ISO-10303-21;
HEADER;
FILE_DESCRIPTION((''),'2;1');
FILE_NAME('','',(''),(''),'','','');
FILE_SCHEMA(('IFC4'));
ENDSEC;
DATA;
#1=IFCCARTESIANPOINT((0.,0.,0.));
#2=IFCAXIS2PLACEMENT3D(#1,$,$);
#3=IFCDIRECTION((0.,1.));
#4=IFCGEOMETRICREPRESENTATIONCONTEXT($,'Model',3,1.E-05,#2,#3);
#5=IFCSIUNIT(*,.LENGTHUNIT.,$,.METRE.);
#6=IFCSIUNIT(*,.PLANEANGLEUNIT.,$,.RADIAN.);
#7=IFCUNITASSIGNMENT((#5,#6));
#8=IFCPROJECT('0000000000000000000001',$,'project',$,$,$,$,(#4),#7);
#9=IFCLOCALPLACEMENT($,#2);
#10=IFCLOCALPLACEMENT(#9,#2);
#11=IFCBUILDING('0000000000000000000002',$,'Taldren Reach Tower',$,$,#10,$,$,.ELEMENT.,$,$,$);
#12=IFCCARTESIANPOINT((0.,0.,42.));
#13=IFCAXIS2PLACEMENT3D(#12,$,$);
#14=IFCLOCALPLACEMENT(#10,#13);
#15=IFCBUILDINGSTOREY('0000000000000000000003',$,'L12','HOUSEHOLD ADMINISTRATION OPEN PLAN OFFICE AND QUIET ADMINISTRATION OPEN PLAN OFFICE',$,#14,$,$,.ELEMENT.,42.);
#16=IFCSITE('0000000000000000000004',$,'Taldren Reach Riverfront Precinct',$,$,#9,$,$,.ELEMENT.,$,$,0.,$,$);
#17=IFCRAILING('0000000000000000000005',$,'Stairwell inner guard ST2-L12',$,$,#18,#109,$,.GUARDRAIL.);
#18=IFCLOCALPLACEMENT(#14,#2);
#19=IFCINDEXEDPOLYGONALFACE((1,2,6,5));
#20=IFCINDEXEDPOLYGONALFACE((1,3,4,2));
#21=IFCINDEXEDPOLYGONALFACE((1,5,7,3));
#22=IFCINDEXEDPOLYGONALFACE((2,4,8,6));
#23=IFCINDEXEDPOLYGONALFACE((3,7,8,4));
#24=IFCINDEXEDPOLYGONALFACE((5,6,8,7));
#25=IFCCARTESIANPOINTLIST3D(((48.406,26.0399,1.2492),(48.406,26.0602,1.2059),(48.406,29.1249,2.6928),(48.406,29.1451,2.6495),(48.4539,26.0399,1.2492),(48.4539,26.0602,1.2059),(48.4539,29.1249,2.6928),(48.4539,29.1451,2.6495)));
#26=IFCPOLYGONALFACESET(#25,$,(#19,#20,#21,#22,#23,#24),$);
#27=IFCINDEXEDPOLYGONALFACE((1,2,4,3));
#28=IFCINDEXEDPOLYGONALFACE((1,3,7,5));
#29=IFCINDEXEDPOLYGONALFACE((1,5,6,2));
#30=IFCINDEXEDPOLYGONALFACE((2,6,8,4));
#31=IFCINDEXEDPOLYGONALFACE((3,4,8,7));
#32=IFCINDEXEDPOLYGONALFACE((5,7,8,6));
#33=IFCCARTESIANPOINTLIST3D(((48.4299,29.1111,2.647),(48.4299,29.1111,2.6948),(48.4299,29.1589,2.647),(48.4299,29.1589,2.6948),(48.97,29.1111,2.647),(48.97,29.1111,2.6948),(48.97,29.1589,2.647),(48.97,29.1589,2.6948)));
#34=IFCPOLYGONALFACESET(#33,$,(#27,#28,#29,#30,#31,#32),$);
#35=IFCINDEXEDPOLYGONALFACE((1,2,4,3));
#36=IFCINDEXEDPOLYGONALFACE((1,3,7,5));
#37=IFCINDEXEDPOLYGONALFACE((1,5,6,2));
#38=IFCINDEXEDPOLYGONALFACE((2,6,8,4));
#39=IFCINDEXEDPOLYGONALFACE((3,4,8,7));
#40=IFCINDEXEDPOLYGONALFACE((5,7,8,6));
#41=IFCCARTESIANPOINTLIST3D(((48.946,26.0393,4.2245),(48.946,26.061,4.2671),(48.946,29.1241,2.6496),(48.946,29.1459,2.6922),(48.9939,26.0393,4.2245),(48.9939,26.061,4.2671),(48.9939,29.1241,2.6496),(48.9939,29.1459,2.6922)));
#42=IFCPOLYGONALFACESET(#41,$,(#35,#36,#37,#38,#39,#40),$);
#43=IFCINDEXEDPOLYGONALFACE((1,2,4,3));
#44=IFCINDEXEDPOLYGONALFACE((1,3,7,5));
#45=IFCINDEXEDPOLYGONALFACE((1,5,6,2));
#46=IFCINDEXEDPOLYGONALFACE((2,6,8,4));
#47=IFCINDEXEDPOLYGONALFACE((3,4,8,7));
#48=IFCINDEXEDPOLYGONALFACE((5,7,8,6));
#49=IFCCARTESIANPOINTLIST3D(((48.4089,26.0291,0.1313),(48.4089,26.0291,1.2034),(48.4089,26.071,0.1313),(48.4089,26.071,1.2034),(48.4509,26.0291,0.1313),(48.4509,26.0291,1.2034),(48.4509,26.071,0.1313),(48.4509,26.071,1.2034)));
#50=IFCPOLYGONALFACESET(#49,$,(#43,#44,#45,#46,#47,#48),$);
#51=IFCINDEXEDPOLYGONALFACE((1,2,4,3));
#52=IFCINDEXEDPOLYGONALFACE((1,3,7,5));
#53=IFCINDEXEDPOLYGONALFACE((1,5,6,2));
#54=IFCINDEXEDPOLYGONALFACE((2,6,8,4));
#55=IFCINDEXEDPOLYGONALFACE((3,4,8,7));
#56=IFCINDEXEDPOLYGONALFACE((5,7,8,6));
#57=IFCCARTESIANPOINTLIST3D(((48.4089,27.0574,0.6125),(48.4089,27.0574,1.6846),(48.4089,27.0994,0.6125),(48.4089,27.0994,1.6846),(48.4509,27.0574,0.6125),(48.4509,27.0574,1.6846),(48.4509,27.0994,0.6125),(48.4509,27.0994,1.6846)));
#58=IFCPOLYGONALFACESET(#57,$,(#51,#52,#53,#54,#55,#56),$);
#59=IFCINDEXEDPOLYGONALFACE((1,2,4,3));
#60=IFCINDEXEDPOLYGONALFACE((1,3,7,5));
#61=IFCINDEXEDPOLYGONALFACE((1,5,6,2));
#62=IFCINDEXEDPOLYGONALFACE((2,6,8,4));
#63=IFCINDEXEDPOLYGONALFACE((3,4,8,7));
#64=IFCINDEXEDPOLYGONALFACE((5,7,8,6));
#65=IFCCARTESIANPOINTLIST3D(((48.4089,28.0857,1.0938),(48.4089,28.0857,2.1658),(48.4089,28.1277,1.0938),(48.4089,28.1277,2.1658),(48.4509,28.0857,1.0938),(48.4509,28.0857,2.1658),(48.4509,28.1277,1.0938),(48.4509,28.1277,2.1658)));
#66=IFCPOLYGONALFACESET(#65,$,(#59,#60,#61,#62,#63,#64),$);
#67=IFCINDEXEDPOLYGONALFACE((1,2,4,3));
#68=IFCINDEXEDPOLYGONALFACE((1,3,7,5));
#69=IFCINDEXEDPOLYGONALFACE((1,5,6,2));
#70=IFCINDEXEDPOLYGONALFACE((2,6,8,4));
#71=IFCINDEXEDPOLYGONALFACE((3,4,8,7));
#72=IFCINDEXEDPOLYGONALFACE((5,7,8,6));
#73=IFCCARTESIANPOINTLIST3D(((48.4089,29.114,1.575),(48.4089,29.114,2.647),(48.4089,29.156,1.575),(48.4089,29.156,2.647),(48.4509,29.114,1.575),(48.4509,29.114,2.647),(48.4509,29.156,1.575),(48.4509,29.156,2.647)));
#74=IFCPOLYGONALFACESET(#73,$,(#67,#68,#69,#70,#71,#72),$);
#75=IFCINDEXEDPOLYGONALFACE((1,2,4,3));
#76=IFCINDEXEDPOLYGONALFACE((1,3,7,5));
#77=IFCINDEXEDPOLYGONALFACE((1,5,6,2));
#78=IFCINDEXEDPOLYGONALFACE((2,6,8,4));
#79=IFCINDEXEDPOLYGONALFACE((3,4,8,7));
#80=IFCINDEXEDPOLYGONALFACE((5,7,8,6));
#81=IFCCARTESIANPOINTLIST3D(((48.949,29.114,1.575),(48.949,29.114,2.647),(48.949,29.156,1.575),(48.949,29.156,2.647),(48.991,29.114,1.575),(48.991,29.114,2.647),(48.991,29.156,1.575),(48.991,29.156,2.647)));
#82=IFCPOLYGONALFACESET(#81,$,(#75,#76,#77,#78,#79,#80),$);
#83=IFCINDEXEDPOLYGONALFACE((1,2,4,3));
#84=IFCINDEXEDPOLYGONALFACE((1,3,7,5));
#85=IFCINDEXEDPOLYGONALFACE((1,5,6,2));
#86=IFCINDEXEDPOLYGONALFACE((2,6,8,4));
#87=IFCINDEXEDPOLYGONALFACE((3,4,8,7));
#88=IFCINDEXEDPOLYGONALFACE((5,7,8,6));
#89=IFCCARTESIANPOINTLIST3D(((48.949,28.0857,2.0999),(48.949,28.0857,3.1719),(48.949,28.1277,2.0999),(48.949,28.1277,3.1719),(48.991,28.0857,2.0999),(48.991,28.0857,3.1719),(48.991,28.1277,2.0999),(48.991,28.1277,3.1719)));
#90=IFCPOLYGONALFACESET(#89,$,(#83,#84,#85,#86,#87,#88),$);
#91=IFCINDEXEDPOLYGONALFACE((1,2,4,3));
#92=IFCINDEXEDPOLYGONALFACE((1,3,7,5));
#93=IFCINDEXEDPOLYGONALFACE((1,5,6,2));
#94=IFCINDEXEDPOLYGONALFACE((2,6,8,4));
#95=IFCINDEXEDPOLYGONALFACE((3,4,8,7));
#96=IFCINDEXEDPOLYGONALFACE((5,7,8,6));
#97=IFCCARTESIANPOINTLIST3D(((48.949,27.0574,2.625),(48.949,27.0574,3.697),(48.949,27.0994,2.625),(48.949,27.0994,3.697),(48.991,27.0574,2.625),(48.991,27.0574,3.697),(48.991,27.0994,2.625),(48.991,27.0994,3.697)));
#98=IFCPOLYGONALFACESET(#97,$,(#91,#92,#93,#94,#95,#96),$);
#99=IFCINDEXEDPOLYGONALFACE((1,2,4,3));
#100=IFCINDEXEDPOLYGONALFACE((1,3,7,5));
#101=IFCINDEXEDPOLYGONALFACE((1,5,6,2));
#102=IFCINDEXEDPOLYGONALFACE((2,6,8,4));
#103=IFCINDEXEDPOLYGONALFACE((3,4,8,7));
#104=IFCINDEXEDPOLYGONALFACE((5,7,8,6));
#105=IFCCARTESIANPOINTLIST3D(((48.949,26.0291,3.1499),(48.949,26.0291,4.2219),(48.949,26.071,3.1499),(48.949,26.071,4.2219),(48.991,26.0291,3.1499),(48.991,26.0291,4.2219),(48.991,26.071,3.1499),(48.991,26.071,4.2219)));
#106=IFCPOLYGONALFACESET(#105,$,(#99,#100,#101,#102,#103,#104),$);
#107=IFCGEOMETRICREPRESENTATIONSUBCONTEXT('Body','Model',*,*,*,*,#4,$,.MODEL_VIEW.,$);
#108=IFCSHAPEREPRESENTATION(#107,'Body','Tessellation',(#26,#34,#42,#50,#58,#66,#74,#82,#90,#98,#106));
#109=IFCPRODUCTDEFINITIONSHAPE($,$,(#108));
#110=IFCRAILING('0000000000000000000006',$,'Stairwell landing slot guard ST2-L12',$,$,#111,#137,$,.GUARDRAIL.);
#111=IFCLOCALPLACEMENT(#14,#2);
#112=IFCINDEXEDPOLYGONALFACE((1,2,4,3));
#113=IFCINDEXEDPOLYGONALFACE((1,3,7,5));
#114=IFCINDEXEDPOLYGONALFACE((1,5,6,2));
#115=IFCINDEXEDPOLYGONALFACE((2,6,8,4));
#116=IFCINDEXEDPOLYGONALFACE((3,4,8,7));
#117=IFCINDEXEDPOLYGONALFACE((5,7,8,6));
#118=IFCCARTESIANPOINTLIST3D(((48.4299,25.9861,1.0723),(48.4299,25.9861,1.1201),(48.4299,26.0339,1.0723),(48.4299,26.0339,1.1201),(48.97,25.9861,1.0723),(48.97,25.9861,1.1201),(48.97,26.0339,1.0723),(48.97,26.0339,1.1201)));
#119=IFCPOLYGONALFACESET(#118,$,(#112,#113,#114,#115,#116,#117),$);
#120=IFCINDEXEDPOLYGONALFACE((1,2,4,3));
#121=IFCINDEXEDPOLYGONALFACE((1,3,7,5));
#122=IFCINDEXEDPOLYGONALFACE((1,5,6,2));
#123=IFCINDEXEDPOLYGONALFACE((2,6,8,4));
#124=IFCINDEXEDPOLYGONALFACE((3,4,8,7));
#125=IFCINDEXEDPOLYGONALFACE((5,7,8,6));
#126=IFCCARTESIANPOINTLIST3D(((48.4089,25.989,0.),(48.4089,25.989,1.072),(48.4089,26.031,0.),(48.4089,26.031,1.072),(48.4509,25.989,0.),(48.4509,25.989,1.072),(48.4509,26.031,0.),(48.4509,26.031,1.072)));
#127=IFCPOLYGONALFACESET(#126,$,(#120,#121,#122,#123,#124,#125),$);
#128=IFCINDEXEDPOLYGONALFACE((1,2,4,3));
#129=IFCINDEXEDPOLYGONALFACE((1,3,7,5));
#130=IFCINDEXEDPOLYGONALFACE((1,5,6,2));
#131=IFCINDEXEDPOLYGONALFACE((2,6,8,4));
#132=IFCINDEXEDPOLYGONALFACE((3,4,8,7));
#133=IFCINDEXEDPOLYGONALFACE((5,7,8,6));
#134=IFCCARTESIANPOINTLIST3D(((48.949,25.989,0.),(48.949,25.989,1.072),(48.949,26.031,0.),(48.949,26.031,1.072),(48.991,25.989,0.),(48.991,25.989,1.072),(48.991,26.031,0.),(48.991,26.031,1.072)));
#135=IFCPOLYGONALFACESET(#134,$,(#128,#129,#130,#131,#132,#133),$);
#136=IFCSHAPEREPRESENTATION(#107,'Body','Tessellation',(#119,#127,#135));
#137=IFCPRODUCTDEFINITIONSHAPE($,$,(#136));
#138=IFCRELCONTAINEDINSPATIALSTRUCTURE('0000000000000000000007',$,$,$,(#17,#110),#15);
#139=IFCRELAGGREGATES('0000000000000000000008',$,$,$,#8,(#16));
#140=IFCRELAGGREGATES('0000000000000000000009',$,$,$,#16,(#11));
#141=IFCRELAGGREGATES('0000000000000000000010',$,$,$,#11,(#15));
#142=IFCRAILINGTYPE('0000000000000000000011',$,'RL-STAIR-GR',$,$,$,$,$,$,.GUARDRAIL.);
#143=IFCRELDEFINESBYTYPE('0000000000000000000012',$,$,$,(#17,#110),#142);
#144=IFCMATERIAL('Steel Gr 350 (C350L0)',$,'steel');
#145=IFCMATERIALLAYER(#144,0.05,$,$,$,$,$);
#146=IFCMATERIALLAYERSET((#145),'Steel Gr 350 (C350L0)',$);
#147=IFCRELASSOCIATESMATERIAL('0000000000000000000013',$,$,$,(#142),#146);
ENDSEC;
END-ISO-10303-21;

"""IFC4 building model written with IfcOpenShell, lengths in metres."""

from ifc_helpers import new_model, si_unit, direction, frame, origin, origin_2d, place, context, subcontext, project, spatial, rectangle, extrude, material, layer, layer_set, type_object, element, save


model = new_model("IFC4")

# Units and contexts
model_context = context("Model", 3, precision=1e-05, world=origin(), true_north=direction((0.0, 1.0)))
body_context = subcontext(model_context, "Body", "Model", "MODEL_VIEW")
ifc_project = project(units=[si_unit("LENGTHUNIT", "METRE"), si_unit("PLANEANGLEUNIT", "RADIAN")], contexts=[model_context])

# Site, building, storey
site_placement = place(None, origin())
site = spatial("IfcSite", under=ifc_project, at=site_placement, Name="Taldren Reach Riverfront Precinct", CompositionType="ELEMENT", RefElevation=0.0)
building_placement = place(site_placement, origin())
building = spatial("IfcBuilding", under=site, at=building_placement, Name="Taldren Reach Tower", CompositionType="ELEMENT")
storey_placement = place(building_placement, frame((0.0, 0.0, 42.0)))
storey = spatial("IfcBuildingStorey", under=building, at=storey_placement, Name="L12", Description="HOUSEHOLD ADMINISTRATION OPEN PLAN OFFICE AND QUIET ADMINISTRATION OPEN PLAN OFFICE", CompositionType="ELEMENT", Elevation=42.0)

# Shared definitions
ifc_material_1 = material(Name="Steel Gr 350 (C350L0)", Category="steel")

# Railings
ifc_layer_1 = layer(ifc_material_1, 0.05)
ifc_layer_set_1 = layer_set([ifc_layer_1], Name="Steel Gr 350 (C350L0)")
railing_type_1 = type_object("IfcRailingType", Name="RL-STAIR-GR", PredefinedType="GUARDRAIL", material=ifc_layer_set_1)
railing_1_placement = place(storey_placement, frame((48.4299, 26.05, 0.1313)))
element("IfcRailing", 1, at=railing_1_placement, inside=storey, type_object=railing_type_1, Name="Stairwell inner guard ST2-L12", PredefinedType="GUARDRAIL", context=body_context, shape_type="SweptSolid", body=[
    extrude(rectangle(XDim=0.0479, YDim=0.0479, at=origin_2d()), frame((0.0, 0.0, 1.0962), z_axis=(0.0, 0.905738, 0.423839), x_axis=(-1.0, 0.0, 0.0)), (0.0, 0.0, 1.0), 3.406),
    extrude(rectangle(XDim=0.0479, YDim=0.0479, at=origin_2d()), frame((0.0, 3.085, 2.5396), z_axis=(1.0, 0.0, 0.0), x_axis=(0.0, 1.0, 0.0)), (0.0, 0.0, 1.0), 0.54),
    extrude(rectangle(XDim=0.0479, YDim=0.0479, at=origin_2d()), frame((0.54, 3.085, 2.5396), z_axis=(0.0, -0.890646, 0.454697), x_axis=(1.0, 0.0, 0.0)), (0.0, 0.0, 1.0), 3.4636),
    extrude(rectangle(XDim=0.042, YDim=0.042, at=origin_2d()), origin(), (0.0, 0.0, 1.0), 1.072),
    extrude(rectangle(XDim=0.042, YDim=0.042, at=origin_2d()), frame((0.0, 1.0283, 0.4812)), (0.0, 0.0, 1.0), 1.072),
    extrude(rectangle(XDim=0.042, YDim=0.042, at=origin_2d()), frame((0.0, 2.0566, 0.9624)), (0.0, 0.0, 1.0), 1.072),
    extrude(rectangle(XDim=0.042, YDim=0.042, at=origin_2d()), frame((0.0, 3.085, 1.4436)), (0.0, 0.0, 1.0), 1.072),
    extrude(rectangle(XDim=0.042, YDim=0.042, at=origin_2d()), frame((0.54, 3.085, 1.4436)), (0.0, 0.0, 1.0), 1.072),
    extrude(rectangle(XDim=0.042, YDim=0.042, at=origin_2d()), frame((0.54, 2.0566, 1.9685)), (0.0, 0.0, 1.0), 1.072),
    extrude(rectangle(XDim=0.042, YDim=0.042, at=origin_2d()), frame((0.54, 1.0283, 2.4937)), (0.0, 0.0, 1.0), 1.072),
    extrude(rectangle(XDim=0.042, YDim=0.042, at=origin_2d()), frame((0.54, 0.0, 3.0186)), (0.0, 0.0, 1.0), 1.072),
])
railing_2_placement = place(storey_placement, frame((48.4299, 26.01, 0.0)))
element("IfcRailing", 2, at=railing_2_placement, inside=storey, type_object=railing_type_1, Name="Stairwell landing slot guard ST2-L12", PredefinedType="GUARDRAIL", context=body_context, shape_type="SweptSolid", body=[
    extrude(rectangle(XDim=0.0479, YDim=0.0479, at=origin_2d()), frame((0.0, 0.0, 1.0962), z_axis=(1.0, 0.0, 0.0), x_axis=(0.0, 1.0, 0.0)), (0.0, 0.0, 1.0), 0.54),
    extrude(rectangle(XDim=0.042, YDim=0.042, at=origin_2d()), origin(), (0.0, 0.0, 1.0), 1.072),
    extrude(rectangle(XDim=0.042, YDim=0.042, at=origin_2d()), frame((0.54, 0.0, 0.0)), (0.0, 0.0, 1.0), 1.072),
])

save(model, "model.ifc")
